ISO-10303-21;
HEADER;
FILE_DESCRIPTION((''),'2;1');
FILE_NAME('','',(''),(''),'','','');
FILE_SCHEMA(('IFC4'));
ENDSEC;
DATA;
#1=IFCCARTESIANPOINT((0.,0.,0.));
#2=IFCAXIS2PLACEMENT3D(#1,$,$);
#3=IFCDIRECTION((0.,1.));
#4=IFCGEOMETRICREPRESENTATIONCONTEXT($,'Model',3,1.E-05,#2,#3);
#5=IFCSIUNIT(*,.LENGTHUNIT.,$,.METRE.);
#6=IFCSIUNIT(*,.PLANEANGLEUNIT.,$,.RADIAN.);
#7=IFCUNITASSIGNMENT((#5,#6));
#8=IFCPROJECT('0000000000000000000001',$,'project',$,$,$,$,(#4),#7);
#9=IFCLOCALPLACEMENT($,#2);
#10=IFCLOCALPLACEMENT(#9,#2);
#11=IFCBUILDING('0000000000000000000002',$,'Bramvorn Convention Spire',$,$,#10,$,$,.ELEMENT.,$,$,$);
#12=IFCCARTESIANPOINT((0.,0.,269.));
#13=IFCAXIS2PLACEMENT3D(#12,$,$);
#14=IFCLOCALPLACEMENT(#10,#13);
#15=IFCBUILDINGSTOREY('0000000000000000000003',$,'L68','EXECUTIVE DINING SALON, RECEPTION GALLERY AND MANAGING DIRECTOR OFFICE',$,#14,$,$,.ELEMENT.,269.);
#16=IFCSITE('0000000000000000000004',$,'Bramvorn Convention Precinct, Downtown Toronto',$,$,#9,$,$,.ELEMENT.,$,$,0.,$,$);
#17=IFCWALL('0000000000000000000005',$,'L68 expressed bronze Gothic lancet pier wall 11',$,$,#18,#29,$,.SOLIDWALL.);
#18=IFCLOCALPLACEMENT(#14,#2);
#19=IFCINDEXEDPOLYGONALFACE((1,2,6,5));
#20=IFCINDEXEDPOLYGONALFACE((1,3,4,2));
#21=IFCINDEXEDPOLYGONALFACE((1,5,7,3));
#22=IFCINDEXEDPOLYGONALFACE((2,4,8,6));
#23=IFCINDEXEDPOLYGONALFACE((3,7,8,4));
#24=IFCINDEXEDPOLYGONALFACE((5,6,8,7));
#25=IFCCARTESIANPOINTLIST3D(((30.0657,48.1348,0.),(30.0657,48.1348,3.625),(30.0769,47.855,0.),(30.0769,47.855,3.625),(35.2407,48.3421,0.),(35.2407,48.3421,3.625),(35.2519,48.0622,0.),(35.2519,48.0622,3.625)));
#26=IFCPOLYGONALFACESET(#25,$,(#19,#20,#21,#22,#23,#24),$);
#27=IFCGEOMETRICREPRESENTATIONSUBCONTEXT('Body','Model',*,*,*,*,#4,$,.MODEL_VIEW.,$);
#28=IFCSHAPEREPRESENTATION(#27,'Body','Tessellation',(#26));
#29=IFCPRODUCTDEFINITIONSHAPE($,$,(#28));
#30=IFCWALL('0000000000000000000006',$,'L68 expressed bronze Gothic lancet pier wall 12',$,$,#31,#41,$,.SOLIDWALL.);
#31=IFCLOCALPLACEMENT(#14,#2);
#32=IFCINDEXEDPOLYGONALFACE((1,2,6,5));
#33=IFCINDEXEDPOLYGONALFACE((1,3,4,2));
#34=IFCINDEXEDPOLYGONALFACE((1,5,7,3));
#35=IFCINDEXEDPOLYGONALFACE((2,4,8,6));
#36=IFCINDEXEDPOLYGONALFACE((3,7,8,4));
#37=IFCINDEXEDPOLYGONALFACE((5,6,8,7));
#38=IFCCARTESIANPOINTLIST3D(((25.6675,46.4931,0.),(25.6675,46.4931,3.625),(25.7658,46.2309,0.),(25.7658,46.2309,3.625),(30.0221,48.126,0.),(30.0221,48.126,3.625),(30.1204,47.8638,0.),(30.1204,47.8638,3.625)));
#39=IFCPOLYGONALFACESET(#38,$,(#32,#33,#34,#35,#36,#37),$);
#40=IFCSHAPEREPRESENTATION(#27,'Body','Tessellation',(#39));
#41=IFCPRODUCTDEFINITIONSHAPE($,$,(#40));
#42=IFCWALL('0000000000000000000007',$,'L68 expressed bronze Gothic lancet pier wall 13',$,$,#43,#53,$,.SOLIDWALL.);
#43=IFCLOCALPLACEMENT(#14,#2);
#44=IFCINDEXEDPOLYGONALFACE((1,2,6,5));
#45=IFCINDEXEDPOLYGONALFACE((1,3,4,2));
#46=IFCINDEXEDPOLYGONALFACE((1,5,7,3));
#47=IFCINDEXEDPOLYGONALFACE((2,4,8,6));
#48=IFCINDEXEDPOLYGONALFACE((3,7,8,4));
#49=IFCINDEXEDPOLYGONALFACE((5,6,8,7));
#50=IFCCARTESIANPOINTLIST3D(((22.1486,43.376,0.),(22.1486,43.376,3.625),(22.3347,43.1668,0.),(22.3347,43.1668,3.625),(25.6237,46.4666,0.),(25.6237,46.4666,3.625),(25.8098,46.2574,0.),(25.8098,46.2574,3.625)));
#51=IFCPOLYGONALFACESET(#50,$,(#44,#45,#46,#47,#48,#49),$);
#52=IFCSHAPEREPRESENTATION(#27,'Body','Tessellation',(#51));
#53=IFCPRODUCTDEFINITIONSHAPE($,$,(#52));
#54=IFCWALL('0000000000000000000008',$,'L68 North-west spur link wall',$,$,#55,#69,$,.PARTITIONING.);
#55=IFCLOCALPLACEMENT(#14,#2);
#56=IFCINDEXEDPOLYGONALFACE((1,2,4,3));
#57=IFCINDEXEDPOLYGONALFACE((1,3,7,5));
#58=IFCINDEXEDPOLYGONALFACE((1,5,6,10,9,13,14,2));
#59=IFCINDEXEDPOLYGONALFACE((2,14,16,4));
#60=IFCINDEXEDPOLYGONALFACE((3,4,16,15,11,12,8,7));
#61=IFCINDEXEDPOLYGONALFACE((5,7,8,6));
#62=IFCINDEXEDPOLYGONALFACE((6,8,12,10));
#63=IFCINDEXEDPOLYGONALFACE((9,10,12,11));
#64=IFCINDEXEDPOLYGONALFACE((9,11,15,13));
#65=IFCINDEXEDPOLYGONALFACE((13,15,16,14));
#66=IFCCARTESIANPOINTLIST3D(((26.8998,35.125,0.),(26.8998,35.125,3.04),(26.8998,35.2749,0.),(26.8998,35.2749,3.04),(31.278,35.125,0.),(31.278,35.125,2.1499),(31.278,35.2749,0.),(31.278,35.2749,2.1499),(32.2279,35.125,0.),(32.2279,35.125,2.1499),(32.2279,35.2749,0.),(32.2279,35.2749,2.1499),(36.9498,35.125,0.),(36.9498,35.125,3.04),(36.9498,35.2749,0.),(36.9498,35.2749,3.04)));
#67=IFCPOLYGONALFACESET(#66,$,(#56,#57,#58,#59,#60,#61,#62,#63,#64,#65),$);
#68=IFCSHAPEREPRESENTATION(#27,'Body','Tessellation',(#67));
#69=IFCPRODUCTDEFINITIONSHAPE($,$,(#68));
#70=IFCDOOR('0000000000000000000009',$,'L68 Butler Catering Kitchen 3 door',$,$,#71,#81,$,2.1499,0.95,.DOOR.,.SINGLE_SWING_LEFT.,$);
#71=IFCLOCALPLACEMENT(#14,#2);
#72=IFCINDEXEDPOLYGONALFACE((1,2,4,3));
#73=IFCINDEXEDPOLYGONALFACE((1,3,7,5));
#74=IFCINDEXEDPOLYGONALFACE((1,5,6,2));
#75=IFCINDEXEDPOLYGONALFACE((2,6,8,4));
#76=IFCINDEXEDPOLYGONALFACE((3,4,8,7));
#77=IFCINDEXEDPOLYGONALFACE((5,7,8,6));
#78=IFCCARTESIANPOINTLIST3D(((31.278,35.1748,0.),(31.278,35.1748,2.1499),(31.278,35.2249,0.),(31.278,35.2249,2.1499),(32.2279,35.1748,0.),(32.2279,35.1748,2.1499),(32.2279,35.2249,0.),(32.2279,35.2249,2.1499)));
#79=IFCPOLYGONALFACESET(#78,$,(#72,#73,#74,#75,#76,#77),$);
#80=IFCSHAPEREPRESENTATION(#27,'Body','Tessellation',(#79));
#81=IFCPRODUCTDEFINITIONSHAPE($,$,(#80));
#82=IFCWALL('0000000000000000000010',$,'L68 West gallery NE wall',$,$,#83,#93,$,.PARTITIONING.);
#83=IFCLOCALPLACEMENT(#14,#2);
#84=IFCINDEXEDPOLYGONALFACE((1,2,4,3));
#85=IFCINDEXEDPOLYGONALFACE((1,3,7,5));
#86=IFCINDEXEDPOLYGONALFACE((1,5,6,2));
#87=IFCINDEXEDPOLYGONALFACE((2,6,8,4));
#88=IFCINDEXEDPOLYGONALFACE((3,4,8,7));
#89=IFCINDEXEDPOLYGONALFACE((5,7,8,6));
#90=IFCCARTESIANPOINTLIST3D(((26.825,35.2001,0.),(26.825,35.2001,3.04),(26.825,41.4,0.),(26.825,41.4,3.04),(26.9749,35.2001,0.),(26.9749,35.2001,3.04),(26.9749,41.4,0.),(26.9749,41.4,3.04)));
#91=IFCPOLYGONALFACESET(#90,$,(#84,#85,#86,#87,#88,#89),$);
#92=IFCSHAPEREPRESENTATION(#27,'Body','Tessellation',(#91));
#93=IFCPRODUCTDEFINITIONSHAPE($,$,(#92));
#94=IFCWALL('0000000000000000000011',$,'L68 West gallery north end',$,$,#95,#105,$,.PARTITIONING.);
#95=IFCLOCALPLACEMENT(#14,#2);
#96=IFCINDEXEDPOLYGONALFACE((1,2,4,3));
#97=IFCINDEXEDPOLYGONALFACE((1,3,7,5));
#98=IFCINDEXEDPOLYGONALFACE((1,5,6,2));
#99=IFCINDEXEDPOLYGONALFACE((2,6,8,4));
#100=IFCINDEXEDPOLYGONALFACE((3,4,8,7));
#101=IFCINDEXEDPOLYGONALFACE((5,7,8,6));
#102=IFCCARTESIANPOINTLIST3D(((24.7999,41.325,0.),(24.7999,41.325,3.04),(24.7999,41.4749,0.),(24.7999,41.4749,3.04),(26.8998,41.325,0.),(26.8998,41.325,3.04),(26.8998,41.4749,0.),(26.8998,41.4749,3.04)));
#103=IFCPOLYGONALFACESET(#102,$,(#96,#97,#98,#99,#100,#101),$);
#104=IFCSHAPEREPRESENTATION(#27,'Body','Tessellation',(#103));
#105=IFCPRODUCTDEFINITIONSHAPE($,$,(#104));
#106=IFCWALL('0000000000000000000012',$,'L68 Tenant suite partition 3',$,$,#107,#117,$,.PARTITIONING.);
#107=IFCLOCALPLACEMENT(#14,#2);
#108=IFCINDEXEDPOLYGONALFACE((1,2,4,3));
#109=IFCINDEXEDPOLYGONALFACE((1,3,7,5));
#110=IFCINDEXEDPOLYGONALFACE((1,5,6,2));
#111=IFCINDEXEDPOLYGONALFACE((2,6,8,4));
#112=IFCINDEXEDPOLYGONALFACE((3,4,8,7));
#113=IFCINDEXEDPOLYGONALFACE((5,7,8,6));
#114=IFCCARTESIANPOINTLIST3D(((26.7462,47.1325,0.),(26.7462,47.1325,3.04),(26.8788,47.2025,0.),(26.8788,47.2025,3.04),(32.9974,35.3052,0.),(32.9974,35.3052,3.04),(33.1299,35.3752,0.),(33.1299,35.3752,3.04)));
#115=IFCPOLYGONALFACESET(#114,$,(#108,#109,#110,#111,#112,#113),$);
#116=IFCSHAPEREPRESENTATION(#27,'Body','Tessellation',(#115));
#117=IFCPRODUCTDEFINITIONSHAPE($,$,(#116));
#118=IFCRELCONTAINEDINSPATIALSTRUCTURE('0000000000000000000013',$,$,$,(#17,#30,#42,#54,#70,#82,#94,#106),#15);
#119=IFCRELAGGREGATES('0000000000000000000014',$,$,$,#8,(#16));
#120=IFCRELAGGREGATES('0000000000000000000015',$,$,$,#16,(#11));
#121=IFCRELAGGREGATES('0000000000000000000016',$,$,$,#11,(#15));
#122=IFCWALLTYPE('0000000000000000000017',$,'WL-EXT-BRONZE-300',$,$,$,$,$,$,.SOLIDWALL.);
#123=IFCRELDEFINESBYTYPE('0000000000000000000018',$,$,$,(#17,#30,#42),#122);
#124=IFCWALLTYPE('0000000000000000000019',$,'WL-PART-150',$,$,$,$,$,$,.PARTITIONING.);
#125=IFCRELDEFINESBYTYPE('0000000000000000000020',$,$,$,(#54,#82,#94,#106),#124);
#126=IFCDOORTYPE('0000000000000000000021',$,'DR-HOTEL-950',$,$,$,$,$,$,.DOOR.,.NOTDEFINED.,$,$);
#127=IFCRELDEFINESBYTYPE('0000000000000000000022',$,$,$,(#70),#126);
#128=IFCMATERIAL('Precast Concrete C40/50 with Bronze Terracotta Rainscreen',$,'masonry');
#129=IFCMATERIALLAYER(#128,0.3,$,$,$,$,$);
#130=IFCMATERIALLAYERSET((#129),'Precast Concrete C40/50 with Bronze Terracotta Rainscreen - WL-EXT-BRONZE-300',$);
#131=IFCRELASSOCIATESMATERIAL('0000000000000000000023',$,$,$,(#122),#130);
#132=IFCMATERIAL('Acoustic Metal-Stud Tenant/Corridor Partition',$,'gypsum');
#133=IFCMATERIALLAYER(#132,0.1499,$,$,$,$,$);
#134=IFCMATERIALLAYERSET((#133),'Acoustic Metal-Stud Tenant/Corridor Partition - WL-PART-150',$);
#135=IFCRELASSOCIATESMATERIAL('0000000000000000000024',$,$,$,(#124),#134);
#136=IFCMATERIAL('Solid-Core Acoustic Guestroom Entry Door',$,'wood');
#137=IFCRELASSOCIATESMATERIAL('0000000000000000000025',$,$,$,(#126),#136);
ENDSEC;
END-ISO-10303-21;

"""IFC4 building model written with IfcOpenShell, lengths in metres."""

from ifc_helpers import new_model, si_unit, direction, frame, frame_2d, origin, place, context, subcontext, project, spatial, rectangle, extrude, material, layer, layer_set, type_object, element, fill, save


model = new_model("IFC4")

# Units and contexts
model_context = context("Model", 3, precision=1e-05, world=origin(), true_north=direction((0.0, 1.0)))
body_context = subcontext(model_context, "Body", "Model", "MODEL_VIEW")
ifc_project = project(units=[si_unit("LENGTHUNIT", "METRE"), si_unit("PLANEANGLEUNIT", "RADIAN")], contexts=[model_context])

# Site, building, storey
site_placement = place(None, origin())
site = spatial("IfcSite", under=ifc_project, at=site_placement, Name="Bramvorn Convention Precinct, Downtown Toronto", CompositionType="ELEMENT", RefElevation=0.0)
building_placement = place(site_placement, origin())
building = spatial("IfcBuilding", under=site, at=building_placement, Name="Bramvorn Convention Spire", CompositionType="ELEMENT")
storey_placement = place(building_placement, frame((0.0, 0.0, 269.0)))
storey = spatial("IfcBuildingStorey", under=building, at=storey_placement, Name="L68", Description="EXECUTIVE DINING SALON, RECEPTION GALLERY AND MANAGING DIRECTOR OFFICE", CompositionType="ELEMENT", Elevation=269.0)

# Walls
ifc_material_1 = material(Name="Precast Concrete C40/50 with Bronze Terracotta Rainscreen", Category="masonry")
ifc_layer_1 = layer(ifc_material_1, 0.3)
ifc_layer_set_1 = layer_set([ifc_layer_1], Name="Precast Concrete C40/50 with Bronze Terracotta Rainscreen - WL-EXT-BRONZE-300")
wall_type_1 = type_object("IfcWallType", Name="WL-EXT-BRONZE-300", PredefinedType="SOLIDWALL", material=ifc_layer_set_1)
wall_1_placement = place(storey_placement, frame((30.0713, 47.9949, 0.0), z_axis=(0.0, 0.0, 1.0), x_axis=(0.999199, 0.040021, 0.0)))
element("IfcWall", 1, at=wall_1_placement, inside=storey, type_object=wall_type_1, Name="L68 expressed bronze Gothic lancet pier wall 11", PredefinedType="SOLIDWALL", context=body_context, shape_type="SweptSolid", body=[
    extrude(rectangle(XDim=5.1792, YDim=0.28, at=frame_2d((2.5896, 0.0))), origin(), (0.0, 0.0, 1.0), 3.625),
])
for number, where, z_axis, x_axis, name in (
    (2, (25.7168, 46.3621, 0.0), (0.0, 0.0, 1.0), (0.936338, 0.3511, 0.0), "L68 expressed bronze Gothic lancet pier wall 12"),
    (3, (22.2417, 43.2715, 0.0), (0.0, 0.0, 1.0), (0.747238, 0.664556, 0.0), "L68 expressed bronze Gothic lancet pier wall 13"),
):
    element("IfcWall", number, at=place(storey_placement, frame(where, z_axis=z_axis, x_axis=x_axis)), inside=storey, type_object=wall_type_1, Name=name, PredefinedType="SOLIDWALL", context=body_context, shape_type="SweptSolid", body=[
        extrude(rectangle(XDim=4.6506, YDim=0.28, at=frame_2d((2.3252, 0.0))), origin(), (0.0, 0.0, 1.0), 3.625),
    ])

# Wall, opening, door
ifc_material_2 = material(Name="Acoustic Metal-Stud Tenant/Corridor Partition", Category="gypsum")
ifc_layer_2 = layer(ifc_material_2, 0.1499)
ifc_layer_set_2 = layer_set([ifc_layer_2], Name="Acoustic Metal-Stud Tenant/Corridor Partition - WL-PART-150")
wall_type_2 = type_object("IfcWallType", Name="WL-PART-150", PredefinedType="PARTITIONING", material=ifc_layer_set_2)
wall_2_placement = place(storey_placement, frame((26.8999, 35.2, 0.0), z_axis=(0.0, 0.0, 1.0), x_axis=(1.0, 0.0, 0.0)))
wall_2 = element("IfcWall", 4, at=wall_2_placement, inside=storey, type_object=wall_type_2, Name="L68 North-west spur link wall", PredefinedType="PARTITIONING", context=body_context, shape_type="SweptSolid", body=[
    extrude(rectangle(XDim=10.05, YDim=0.1499, at=frame_2d((5.0249, 0.0))), origin(), (0.0, 0.0, 1.0), 3.04),
])
opening_placement = place(wall_2_placement, frame((4.3779, 0.0, 0.0)))
opening = element("IfcOpeningElement", 5, at=opening_placement, cuts=wall_2, PredefinedType="OPENING", context=body_context, shape_type="SweptSolid", body=[
    extrude(rectangle(XDim=0.95, YDim=2.1499, at=frame_2d((0.4751, 1.075))), frame((0.0, 0.085, 0.0), z_axis=(0.0, -1.0, 0.0), x_axis=(1.0, 0.0, 0.0)), (0.0, 0.0, 1.0), 0.1699),
])
ifc_material_3 = material(Name="Solid-Core Acoustic Guestroom Entry Door", Category="wood")
door_type = type_object("IfcDoorType", Name="DR-HOTEL-950", OperationType="NOTDEFINED", PredefinedType="DOOR", material=ifc_material_3)
door_placement = place(opening_placement, origin())
door = element("IfcDoor", 6, at=door_placement, inside=storey, type_object=door_type, Name="L68 Butler Catering Kitchen 3 door", OperationType="SINGLE_SWING_LEFT", OverallHeight=2.1499, OverallWidth=0.95, PredefinedType="DOOR", context=body_context, shape_type="SweptSolid", body=[
    extrude(rectangle(XDim=0.95, YDim=2.1499, at=frame_2d((0.4751, 1.075))), frame((0.0, 0.0249, 0.0), z_axis=(0.0, -1.0, 0.0), x_axis=(1.0, 0.0, 0.0)), (0.0, 0.0, 1.0), 0.05),
])
fill(opening, door)

# Walls
wall_3_placement = place(storey_placement, frame((26.8999, 35.2, 0.0), z_axis=(0.0, 0.0, 1.0), x_axis=(0.0, 1.0, 0.0)))
element("IfcWall", 7, at=wall_3_placement, inside=storey, type_object=wall_type_2, Name="L68 West gallery NE wall", PredefinedType="PARTITIONING", context=body_context, shape_type="SweptSolid", body=[
    extrude(rectangle(XDim=6.2, YDim=0.1499, at=frame_2d((3.1001, 0.0))), origin(), (0.0, 0.0, 1.0), 3.04),
])
wall_4_placement = place(storey_placement, frame((24.8, 41.3999, 0.0), z_axis=(0.0, 0.0, 1.0), x_axis=(1.0, 0.0, 0.0)))
element("IfcWall", 8, at=wall_4_placement, inside=storey, type_object=wall_type_2, Name="L68 West gallery north end", PredefinedType="PARTITIONING", context=body_context, shape_type="SweptSolid", body=[
    extrude(rectangle(XDim=2.0999, YDim=0.1499, at=frame_2d((1.0498, 0.0))), origin(), (0.0, 0.0, 1.0), 3.04),
])
wall_5_placement = place(storey_placement, frame((33.0637, 35.3401, 0.0), z_axis=(0.0, 0.0, 1.0), x_axis=(-0.467284, 0.884107, 0.0)))
element("IfcWall", 9, at=wall_5_placement, inside=storey, type_object=wall_type_2, Name="L68 Tenant suite partition 3", PredefinedType="PARTITIONING", context=body_context, shape_type="SweptSolid", body=[
    extrude(rectangle(XDim=13.3777, YDim=0.1499, at=frame_2d((6.689, 0.0))), origin(), (0.0, 0.0, 1.0), 3.04),
])

save(model, "model.ifc")
